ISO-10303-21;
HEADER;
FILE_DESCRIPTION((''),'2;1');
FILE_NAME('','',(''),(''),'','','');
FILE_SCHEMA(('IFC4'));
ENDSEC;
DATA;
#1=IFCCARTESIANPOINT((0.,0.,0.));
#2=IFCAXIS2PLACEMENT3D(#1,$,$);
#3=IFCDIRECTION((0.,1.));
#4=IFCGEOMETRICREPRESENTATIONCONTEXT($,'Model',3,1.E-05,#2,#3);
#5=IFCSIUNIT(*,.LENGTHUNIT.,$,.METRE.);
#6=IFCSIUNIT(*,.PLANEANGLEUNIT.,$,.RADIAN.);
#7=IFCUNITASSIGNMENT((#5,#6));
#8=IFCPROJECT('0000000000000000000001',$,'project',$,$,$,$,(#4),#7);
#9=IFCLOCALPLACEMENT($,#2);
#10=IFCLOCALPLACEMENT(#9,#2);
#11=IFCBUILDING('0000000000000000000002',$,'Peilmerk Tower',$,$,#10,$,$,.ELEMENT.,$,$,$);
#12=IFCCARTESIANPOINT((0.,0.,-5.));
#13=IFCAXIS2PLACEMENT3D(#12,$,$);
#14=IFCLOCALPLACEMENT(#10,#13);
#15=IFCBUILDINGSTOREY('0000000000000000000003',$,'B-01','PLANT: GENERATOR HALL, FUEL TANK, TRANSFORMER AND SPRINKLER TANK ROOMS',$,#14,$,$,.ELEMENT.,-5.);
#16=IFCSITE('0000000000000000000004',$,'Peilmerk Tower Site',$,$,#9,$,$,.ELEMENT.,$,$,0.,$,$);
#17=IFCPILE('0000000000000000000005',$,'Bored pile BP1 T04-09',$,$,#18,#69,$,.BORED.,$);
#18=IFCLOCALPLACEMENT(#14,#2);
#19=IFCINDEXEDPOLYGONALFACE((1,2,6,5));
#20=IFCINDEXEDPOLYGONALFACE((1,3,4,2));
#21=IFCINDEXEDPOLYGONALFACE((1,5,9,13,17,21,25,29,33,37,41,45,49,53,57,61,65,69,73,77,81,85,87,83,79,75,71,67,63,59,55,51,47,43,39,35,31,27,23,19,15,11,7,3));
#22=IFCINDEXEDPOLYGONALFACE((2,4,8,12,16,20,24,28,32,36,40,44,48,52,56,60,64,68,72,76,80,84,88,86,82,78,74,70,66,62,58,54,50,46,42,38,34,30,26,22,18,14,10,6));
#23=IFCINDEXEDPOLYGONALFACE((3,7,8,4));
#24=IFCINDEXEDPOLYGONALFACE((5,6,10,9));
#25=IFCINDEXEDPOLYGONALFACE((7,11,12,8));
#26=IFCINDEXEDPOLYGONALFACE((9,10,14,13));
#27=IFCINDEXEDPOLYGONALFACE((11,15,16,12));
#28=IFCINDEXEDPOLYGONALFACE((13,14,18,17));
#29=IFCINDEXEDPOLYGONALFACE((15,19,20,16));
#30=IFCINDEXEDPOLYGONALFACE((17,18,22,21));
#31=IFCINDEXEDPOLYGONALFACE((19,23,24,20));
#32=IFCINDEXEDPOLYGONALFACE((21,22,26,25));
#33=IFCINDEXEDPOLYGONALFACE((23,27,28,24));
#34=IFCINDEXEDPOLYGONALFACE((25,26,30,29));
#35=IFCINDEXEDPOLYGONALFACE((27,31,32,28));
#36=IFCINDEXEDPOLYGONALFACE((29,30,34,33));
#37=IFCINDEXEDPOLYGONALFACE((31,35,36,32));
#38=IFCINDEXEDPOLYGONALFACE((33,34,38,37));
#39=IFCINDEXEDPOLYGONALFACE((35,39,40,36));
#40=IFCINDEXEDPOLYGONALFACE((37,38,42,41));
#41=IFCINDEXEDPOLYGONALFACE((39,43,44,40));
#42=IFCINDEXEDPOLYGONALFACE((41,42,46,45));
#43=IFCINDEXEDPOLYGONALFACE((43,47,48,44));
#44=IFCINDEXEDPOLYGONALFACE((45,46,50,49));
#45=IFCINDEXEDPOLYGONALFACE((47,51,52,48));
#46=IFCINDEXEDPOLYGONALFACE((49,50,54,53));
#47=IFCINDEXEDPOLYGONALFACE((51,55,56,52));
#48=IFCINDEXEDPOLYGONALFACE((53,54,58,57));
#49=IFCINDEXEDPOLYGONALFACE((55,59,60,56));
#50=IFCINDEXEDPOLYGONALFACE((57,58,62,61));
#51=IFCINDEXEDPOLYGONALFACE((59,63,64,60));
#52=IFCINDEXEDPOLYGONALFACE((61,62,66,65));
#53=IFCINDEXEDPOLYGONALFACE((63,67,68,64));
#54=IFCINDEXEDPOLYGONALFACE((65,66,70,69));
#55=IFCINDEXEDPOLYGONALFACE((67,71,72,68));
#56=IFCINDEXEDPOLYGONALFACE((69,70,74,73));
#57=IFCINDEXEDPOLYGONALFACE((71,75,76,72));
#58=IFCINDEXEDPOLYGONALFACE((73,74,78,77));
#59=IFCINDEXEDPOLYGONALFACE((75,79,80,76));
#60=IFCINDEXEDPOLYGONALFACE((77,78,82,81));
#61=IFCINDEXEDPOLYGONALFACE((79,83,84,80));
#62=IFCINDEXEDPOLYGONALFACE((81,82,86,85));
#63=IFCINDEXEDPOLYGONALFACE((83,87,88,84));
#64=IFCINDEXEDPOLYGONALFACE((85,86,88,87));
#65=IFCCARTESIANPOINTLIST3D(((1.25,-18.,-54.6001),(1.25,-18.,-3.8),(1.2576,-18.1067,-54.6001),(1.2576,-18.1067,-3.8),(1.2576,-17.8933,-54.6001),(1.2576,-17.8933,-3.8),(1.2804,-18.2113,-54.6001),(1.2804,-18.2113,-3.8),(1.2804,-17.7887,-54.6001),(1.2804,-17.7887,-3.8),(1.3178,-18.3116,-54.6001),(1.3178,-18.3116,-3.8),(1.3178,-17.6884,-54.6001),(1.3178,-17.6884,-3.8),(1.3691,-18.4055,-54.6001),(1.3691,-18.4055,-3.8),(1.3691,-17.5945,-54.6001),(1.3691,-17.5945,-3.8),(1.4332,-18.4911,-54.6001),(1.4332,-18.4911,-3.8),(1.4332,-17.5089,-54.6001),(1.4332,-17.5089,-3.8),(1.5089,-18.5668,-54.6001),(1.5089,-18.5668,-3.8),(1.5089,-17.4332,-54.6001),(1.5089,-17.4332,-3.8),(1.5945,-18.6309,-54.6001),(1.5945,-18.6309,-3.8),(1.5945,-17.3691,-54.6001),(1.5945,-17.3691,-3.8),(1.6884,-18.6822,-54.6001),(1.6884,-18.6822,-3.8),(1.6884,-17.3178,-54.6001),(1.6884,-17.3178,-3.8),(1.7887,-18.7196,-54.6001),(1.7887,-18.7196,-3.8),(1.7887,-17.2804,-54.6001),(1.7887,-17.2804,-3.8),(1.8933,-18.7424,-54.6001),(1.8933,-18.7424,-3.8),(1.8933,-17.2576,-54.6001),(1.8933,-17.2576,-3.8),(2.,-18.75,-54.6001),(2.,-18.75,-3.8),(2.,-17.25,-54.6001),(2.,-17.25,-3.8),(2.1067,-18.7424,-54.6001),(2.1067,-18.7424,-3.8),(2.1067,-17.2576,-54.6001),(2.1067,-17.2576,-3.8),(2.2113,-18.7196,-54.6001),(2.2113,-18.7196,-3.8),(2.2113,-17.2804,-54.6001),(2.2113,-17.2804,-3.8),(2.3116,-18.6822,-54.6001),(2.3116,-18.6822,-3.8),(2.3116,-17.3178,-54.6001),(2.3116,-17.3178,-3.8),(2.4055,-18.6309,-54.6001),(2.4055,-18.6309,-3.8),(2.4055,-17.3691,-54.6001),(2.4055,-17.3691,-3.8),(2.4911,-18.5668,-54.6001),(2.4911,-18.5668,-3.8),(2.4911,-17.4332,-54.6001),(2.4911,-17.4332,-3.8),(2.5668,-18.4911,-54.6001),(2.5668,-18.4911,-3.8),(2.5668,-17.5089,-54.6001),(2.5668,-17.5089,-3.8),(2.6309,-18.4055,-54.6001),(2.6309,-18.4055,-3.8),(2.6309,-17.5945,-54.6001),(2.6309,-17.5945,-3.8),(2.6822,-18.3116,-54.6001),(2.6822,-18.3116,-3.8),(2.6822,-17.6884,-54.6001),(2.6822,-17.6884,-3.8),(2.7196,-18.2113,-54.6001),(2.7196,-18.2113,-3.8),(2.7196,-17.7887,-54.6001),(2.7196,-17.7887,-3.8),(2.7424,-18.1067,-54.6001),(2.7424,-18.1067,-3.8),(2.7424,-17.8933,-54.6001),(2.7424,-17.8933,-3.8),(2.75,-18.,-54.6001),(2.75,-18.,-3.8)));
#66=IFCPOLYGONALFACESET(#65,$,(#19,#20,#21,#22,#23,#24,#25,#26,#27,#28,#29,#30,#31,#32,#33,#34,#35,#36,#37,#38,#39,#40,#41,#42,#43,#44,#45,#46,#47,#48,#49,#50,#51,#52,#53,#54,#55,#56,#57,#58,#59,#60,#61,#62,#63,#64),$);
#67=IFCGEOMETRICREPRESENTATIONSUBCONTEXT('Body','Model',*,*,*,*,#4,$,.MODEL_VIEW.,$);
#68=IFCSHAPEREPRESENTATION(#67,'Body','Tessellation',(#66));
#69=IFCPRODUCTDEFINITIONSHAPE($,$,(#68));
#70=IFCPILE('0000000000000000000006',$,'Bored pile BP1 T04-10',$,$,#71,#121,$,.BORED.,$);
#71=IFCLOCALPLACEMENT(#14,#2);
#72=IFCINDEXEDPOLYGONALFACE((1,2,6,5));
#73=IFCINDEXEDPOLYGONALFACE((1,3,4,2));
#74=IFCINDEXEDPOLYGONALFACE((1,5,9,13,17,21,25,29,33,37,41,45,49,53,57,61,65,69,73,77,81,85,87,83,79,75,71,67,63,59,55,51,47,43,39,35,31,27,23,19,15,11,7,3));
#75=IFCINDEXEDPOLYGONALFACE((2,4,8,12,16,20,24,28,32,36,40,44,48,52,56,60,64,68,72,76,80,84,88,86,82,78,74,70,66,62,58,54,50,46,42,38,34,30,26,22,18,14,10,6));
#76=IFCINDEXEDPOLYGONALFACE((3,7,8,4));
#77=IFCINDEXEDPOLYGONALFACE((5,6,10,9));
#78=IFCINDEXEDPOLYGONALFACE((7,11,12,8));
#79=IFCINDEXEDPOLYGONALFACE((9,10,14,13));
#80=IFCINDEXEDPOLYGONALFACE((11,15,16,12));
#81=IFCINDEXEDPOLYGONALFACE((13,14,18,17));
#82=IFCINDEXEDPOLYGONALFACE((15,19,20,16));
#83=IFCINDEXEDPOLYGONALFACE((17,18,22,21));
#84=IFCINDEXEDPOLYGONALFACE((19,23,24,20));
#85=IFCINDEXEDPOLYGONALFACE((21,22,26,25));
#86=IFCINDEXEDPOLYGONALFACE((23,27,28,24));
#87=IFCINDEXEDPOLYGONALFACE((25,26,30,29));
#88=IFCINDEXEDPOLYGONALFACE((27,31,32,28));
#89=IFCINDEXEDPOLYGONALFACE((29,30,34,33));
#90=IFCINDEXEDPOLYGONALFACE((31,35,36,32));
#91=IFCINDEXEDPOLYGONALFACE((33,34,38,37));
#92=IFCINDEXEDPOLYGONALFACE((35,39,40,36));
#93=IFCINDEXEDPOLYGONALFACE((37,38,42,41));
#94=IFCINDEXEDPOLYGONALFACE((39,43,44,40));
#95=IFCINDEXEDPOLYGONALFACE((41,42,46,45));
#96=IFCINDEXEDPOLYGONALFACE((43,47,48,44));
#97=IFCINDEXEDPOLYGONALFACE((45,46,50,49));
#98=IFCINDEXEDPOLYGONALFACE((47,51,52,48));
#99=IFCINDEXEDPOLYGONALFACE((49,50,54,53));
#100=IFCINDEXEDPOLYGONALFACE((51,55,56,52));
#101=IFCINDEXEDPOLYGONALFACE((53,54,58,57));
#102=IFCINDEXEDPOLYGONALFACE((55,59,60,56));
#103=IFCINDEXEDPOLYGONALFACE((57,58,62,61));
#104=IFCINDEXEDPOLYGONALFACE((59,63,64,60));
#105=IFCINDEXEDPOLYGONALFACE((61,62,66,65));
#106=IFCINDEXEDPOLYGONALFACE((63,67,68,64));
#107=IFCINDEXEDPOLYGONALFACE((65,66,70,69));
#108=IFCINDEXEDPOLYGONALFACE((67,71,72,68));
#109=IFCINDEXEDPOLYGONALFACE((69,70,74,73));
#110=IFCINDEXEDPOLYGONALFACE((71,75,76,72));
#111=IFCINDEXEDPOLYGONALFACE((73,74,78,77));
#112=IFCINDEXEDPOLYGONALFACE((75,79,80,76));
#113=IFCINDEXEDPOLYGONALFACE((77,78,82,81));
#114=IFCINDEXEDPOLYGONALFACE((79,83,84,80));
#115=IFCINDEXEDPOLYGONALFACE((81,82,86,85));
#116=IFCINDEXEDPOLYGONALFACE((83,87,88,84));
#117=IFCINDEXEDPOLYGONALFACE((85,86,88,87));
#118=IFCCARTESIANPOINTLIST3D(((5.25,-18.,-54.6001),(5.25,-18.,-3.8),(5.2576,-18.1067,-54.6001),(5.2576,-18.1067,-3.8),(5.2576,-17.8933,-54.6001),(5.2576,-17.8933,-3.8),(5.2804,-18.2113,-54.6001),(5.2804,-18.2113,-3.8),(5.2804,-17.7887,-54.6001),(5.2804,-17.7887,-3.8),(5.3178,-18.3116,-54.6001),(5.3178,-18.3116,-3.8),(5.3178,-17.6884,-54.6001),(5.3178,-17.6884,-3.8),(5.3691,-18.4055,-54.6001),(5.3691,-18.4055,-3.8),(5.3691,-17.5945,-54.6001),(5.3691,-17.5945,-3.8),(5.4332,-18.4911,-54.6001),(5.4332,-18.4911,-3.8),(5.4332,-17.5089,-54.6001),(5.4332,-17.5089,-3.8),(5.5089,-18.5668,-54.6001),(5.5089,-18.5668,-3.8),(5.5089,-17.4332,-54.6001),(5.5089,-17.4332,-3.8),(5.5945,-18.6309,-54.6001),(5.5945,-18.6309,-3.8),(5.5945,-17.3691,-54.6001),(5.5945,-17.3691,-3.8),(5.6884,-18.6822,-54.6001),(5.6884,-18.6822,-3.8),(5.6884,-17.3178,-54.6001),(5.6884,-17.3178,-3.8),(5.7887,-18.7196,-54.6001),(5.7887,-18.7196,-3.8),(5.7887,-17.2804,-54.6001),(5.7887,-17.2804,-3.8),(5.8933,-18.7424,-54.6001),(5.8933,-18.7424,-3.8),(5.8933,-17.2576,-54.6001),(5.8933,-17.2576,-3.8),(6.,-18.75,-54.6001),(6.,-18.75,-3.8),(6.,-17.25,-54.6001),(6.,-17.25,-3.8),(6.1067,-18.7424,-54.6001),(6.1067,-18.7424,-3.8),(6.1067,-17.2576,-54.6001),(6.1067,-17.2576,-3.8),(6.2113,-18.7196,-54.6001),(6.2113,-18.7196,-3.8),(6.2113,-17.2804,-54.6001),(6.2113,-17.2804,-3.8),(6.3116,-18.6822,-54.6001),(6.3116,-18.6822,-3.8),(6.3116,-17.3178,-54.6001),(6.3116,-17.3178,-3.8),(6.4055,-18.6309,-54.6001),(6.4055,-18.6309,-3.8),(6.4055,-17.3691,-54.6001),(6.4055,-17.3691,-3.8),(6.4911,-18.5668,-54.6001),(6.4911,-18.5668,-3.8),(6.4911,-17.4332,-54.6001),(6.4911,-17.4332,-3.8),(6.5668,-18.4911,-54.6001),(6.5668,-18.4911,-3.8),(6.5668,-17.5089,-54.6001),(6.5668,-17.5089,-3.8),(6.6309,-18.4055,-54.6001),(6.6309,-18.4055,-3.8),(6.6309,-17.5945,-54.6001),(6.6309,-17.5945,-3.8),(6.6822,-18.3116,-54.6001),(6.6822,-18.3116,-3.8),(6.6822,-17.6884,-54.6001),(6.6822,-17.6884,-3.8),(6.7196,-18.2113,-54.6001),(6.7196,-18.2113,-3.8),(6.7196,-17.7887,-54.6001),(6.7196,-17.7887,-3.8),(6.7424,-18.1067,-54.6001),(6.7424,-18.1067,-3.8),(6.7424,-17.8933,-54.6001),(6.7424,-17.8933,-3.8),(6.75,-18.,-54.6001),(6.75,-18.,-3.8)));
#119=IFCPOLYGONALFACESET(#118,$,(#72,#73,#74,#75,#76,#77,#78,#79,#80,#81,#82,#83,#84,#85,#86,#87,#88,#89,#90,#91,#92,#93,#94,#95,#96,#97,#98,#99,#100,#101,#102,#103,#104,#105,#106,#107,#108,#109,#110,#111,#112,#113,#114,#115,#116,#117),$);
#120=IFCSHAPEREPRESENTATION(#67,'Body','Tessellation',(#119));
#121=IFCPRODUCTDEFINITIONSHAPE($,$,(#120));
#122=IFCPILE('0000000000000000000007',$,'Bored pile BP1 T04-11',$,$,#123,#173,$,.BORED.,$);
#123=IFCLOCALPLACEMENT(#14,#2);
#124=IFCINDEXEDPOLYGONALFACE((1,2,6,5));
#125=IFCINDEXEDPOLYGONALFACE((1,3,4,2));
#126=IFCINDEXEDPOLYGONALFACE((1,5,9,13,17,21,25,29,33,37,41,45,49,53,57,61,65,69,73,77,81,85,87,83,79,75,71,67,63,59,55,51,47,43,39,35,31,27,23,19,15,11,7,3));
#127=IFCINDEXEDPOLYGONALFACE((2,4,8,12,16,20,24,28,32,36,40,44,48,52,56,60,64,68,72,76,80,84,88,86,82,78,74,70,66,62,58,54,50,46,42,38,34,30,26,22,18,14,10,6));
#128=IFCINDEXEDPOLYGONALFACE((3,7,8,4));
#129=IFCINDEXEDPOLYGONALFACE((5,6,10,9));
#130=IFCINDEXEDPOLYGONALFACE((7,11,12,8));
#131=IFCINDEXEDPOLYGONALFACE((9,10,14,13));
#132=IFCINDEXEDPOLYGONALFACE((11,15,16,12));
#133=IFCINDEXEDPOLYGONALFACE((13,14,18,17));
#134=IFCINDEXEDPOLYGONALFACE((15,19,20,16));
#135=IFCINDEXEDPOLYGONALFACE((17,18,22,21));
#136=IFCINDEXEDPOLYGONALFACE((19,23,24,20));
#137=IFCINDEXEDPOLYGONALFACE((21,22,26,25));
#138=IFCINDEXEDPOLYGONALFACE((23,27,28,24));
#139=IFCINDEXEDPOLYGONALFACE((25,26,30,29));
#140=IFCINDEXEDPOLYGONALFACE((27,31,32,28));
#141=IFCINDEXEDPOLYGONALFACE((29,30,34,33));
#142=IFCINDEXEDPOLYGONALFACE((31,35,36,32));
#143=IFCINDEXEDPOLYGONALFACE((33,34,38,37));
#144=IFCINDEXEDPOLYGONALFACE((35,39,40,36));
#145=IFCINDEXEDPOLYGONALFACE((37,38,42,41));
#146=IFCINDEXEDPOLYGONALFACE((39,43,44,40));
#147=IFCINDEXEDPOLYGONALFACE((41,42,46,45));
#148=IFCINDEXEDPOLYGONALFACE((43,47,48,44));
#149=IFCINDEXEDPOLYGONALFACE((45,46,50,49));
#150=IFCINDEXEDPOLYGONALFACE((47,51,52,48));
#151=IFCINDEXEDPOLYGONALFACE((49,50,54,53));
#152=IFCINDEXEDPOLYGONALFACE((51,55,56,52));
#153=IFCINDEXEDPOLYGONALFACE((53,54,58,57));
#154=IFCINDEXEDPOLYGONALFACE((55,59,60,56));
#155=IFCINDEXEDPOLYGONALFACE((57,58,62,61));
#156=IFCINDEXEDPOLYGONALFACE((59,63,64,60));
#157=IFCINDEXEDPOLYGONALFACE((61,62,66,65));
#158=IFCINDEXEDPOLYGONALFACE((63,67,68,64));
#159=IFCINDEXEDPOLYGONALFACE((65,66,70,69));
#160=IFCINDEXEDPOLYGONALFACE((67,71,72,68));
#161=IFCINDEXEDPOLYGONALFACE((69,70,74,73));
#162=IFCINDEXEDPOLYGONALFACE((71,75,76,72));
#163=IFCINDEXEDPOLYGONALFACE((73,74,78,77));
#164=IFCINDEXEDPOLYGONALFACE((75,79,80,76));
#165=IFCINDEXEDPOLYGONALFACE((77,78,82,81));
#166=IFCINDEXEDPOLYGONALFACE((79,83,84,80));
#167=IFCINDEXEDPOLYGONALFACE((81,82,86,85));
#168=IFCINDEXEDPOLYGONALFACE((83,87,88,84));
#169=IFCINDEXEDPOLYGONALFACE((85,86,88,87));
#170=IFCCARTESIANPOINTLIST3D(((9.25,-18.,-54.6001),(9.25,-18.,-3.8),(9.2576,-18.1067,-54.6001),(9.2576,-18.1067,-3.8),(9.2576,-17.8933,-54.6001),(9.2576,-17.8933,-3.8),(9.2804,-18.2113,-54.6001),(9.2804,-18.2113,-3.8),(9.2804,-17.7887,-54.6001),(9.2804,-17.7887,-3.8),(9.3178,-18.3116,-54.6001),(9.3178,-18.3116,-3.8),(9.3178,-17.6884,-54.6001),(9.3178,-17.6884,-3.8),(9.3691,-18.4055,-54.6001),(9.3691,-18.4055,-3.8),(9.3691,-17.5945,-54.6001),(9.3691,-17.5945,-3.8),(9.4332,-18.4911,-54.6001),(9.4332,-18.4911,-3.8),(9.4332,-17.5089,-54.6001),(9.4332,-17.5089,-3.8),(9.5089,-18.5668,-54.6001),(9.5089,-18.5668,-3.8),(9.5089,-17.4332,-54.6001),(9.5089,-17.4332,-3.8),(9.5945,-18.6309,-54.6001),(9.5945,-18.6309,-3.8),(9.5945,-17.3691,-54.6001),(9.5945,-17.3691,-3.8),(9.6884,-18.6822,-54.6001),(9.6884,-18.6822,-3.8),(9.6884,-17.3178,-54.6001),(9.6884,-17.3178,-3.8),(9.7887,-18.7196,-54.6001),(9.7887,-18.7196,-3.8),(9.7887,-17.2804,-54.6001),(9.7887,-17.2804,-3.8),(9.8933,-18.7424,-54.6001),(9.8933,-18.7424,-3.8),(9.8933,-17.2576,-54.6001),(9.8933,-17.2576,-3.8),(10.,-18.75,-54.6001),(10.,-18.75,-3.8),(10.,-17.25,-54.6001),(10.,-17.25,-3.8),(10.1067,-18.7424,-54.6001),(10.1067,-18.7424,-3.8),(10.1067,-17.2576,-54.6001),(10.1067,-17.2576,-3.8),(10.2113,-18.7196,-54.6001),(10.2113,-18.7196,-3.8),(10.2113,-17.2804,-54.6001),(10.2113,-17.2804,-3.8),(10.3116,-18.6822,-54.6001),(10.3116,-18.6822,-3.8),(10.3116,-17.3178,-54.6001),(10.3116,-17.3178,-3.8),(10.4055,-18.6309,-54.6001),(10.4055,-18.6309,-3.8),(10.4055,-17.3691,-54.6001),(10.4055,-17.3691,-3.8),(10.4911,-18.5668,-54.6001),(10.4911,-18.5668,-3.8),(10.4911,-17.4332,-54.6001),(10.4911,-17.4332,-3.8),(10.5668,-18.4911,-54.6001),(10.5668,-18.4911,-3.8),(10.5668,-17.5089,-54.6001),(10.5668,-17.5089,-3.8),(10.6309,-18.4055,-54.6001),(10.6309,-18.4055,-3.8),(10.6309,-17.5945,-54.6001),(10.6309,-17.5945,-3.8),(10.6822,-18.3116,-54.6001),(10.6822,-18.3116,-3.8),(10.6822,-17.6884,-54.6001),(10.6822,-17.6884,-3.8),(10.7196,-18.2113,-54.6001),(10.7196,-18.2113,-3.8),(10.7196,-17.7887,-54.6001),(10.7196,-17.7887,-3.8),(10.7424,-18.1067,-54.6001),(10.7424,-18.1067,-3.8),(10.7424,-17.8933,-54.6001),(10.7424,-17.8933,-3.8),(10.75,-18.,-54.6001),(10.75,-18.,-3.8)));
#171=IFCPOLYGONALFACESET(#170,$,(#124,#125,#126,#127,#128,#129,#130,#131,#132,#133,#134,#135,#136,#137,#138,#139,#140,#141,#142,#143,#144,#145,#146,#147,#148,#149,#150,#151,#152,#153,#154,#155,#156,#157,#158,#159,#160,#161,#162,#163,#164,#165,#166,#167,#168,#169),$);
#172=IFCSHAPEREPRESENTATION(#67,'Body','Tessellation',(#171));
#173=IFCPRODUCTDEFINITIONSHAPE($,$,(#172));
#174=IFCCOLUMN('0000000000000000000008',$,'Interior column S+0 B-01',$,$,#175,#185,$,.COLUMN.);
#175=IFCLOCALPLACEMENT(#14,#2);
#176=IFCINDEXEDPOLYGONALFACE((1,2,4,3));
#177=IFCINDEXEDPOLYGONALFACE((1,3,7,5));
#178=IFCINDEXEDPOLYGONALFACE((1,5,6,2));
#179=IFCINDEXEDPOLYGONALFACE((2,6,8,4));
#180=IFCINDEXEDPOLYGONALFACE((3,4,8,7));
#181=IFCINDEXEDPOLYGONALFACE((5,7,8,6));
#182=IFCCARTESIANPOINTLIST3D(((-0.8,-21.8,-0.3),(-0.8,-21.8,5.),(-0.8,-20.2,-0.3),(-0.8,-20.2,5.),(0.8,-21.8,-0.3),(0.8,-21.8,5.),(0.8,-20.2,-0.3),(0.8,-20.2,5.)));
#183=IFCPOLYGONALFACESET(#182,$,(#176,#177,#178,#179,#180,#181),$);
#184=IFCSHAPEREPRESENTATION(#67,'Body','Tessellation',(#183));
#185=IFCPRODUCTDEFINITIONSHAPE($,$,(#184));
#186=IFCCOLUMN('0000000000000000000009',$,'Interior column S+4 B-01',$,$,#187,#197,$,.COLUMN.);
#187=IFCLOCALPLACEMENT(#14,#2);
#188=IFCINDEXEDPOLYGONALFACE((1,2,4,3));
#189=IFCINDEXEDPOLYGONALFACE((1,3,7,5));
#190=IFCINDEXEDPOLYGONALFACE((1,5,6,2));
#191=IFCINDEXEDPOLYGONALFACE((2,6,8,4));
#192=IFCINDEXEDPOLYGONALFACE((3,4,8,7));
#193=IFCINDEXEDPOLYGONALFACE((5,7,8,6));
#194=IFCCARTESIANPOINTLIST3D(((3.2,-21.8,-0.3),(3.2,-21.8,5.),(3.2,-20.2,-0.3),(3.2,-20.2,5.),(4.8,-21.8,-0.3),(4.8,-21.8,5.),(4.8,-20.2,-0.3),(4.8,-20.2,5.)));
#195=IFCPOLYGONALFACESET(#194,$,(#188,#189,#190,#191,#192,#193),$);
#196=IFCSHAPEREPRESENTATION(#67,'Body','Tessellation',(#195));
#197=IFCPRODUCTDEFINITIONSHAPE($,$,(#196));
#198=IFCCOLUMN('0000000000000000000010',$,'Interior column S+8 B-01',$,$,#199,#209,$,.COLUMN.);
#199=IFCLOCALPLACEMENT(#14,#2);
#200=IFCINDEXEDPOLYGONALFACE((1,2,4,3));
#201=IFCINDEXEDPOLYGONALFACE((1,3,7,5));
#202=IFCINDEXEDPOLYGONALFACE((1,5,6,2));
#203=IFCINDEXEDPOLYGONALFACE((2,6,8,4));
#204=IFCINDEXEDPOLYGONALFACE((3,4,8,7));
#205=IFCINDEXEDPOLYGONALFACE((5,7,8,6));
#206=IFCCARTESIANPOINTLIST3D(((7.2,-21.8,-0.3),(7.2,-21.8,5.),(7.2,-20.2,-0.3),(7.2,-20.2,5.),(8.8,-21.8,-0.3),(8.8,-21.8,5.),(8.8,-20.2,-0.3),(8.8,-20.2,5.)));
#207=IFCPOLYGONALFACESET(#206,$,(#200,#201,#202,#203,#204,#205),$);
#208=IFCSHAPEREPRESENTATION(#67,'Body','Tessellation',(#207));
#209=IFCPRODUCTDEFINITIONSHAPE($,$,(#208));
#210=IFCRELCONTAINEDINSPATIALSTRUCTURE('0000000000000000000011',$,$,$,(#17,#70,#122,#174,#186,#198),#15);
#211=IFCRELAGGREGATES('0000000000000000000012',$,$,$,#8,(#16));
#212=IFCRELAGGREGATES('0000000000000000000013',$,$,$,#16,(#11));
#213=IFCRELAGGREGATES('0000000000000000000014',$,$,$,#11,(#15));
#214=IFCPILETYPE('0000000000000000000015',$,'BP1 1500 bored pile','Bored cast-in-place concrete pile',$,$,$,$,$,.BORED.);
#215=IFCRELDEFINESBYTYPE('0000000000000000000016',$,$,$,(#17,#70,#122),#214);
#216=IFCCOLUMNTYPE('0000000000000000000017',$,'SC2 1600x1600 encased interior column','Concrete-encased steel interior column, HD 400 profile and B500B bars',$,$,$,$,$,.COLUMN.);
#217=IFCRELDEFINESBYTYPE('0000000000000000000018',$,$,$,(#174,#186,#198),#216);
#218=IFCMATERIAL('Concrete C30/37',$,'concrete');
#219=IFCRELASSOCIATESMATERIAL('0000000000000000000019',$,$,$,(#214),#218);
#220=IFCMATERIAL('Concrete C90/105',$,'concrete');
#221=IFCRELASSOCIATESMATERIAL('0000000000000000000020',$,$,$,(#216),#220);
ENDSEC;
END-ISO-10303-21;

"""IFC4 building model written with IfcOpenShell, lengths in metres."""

from ifc_helpers import new_model, si_unit, direction, frame, origin, origin_2d, place, context, subcontext, project, spatial, rectangle, circle, extrude, material, material_profile, profile_set, type_object, element, save


model = new_model("IFC4")

# Units and contexts
model_context = context("Model", 3, precision=1e-05, world=origin(), true_north=direction((0.0, 1.0)))
body_context = subcontext(model_context, "Body", "Model", "MODEL_VIEW")
ifc_project = project(units=[si_unit("LENGTHUNIT", "METRE"), si_unit("PLANEANGLEUNIT", "RADIAN")], contexts=[model_context])

# Site, building, storey
site_placement = place(None, origin())
site = spatial("IfcSite", under=ifc_project, at=site_placement, Name="Peilmerk Tower Site", CompositionType="ELEMENT", RefElevation=0.0)
building_placement = place(site_placement, origin())
building = spatial("IfcBuilding", under=site, at=building_placement, Name="Peilmerk Tower", CompositionType="ELEMENT")
storey_placement = place(building_placement, frame((0.0, 0.0, -5.0)))
storey = spatial("IfcBuildingStorey", under=building, at=storey_placement, Name="B-01", Description="PLANT: GENERATOR HALL, FUEL TANK, TRANSFORMER AND SPRINKLER TANK ROOMS", CompositionType="ELEMENT", Elevation=-5.0)

# Piles
ifc_material_1 = material(Name="Concrete C30/37", Category="concrete")
ifc_material_profile_1 = material_profile(ifc_material_1, circle(Radius=0.75, at=origin_2d()), Name="BP 1500")
ifc_profile_set_1 = profile_set([ifc_material_profile_1], Name="Concrete C30/37")
pile_type = type_object("IfcPileType", Name="BP1 1500 bored pile", Description="Bored cast-in-place concrete pile", PredefinedType="BORED", material=ifc_profile_set_1)
for number, where, z_axis, x_axis, name in (
    (1, (2.0, -18.0, -3.8), (0.0, 0.0, -1.0), (1.0, 0.0, 0.0), "Bored pile BP1 T04-09"),
    (2, (6.0, -18.0, -3.8), (0.0, 0.0, -1.0), (1.0, 0.0, 0.0), "Bored pile BP1 T04-10"),
    (3, (10.0, -18.0, -3.8), (0.0, 0.0, -1.0), (1.0, 0.0, 0.0), "Bored pile BP1 T04-11"),
):
    element("IfcPile", number, at=place(storey_placement, frame(where, z_axis=z_axis, x_axis=x_axis)), inside=storey, type_object=pile_type, Name=name, PredefinedType="BORED", context=body_context, shape_type="SweptSolid", body=[
        extrude(circle(Radius=0.75, at=origin_2d()), origin(), (0.0, 0.0, 1.0), 50.8),
    ])

# Columns
ifc_material_2 = material(Name="Concrete C90/105", Category="concrete")
ifc_material_profile_2 = material_profile(ifc_material_2, rectangle(XDim=1.6001, YDim=1.6001, at=origin_2d()), Name="RC 1600x1600")
ifc_profile_set_2 = profile_set([ifc_material_profile_2], Name="Concrete C90/105")
column_type = type_object("IfcColumnType", Name="SC2 1600x1600 encased interior column", Description="Concrete-encased steel interior column, HD 400 profile and B500B bars", PredefinedType="COLUMN", material=ifc_profile_set_2)
for number, where, z_axis, x_axis, name in (
    (4, (0.0, -21.0, -0.3), (0.0, 0.0, 1.0), (1.0, 0.0, 0.0), "Interior column S+0 B-01"),
    (5, (4.0, -21.0, -0.3), (0.0, 0.0, 1.0), (1.0, 0.0, 0.0), "Interior column S+4 B-01"),
    (6, (8.0, -21.0, -0.3), (0.0, 0.0, 1.0), (1.0, 0.0, 0.0), "Interior column S+8 B-01"),
):
    element("IfcColumn", number, at=place(storey_placement, frame(where, z_axis=z_axis, x_axis=x_axis)), inside=storey, type_object=column_type, Name=name, PredefinedType="COLUMN", context=body_context, shape_type="SweptSolid", body=[
        extrude(rectangle(XDim=1.6001, YDim=1.6001, at=origin_2d()), origin(), (0.0, 0.0, 1.0), 5.3),
    ])

save(model, "model.ifc")
